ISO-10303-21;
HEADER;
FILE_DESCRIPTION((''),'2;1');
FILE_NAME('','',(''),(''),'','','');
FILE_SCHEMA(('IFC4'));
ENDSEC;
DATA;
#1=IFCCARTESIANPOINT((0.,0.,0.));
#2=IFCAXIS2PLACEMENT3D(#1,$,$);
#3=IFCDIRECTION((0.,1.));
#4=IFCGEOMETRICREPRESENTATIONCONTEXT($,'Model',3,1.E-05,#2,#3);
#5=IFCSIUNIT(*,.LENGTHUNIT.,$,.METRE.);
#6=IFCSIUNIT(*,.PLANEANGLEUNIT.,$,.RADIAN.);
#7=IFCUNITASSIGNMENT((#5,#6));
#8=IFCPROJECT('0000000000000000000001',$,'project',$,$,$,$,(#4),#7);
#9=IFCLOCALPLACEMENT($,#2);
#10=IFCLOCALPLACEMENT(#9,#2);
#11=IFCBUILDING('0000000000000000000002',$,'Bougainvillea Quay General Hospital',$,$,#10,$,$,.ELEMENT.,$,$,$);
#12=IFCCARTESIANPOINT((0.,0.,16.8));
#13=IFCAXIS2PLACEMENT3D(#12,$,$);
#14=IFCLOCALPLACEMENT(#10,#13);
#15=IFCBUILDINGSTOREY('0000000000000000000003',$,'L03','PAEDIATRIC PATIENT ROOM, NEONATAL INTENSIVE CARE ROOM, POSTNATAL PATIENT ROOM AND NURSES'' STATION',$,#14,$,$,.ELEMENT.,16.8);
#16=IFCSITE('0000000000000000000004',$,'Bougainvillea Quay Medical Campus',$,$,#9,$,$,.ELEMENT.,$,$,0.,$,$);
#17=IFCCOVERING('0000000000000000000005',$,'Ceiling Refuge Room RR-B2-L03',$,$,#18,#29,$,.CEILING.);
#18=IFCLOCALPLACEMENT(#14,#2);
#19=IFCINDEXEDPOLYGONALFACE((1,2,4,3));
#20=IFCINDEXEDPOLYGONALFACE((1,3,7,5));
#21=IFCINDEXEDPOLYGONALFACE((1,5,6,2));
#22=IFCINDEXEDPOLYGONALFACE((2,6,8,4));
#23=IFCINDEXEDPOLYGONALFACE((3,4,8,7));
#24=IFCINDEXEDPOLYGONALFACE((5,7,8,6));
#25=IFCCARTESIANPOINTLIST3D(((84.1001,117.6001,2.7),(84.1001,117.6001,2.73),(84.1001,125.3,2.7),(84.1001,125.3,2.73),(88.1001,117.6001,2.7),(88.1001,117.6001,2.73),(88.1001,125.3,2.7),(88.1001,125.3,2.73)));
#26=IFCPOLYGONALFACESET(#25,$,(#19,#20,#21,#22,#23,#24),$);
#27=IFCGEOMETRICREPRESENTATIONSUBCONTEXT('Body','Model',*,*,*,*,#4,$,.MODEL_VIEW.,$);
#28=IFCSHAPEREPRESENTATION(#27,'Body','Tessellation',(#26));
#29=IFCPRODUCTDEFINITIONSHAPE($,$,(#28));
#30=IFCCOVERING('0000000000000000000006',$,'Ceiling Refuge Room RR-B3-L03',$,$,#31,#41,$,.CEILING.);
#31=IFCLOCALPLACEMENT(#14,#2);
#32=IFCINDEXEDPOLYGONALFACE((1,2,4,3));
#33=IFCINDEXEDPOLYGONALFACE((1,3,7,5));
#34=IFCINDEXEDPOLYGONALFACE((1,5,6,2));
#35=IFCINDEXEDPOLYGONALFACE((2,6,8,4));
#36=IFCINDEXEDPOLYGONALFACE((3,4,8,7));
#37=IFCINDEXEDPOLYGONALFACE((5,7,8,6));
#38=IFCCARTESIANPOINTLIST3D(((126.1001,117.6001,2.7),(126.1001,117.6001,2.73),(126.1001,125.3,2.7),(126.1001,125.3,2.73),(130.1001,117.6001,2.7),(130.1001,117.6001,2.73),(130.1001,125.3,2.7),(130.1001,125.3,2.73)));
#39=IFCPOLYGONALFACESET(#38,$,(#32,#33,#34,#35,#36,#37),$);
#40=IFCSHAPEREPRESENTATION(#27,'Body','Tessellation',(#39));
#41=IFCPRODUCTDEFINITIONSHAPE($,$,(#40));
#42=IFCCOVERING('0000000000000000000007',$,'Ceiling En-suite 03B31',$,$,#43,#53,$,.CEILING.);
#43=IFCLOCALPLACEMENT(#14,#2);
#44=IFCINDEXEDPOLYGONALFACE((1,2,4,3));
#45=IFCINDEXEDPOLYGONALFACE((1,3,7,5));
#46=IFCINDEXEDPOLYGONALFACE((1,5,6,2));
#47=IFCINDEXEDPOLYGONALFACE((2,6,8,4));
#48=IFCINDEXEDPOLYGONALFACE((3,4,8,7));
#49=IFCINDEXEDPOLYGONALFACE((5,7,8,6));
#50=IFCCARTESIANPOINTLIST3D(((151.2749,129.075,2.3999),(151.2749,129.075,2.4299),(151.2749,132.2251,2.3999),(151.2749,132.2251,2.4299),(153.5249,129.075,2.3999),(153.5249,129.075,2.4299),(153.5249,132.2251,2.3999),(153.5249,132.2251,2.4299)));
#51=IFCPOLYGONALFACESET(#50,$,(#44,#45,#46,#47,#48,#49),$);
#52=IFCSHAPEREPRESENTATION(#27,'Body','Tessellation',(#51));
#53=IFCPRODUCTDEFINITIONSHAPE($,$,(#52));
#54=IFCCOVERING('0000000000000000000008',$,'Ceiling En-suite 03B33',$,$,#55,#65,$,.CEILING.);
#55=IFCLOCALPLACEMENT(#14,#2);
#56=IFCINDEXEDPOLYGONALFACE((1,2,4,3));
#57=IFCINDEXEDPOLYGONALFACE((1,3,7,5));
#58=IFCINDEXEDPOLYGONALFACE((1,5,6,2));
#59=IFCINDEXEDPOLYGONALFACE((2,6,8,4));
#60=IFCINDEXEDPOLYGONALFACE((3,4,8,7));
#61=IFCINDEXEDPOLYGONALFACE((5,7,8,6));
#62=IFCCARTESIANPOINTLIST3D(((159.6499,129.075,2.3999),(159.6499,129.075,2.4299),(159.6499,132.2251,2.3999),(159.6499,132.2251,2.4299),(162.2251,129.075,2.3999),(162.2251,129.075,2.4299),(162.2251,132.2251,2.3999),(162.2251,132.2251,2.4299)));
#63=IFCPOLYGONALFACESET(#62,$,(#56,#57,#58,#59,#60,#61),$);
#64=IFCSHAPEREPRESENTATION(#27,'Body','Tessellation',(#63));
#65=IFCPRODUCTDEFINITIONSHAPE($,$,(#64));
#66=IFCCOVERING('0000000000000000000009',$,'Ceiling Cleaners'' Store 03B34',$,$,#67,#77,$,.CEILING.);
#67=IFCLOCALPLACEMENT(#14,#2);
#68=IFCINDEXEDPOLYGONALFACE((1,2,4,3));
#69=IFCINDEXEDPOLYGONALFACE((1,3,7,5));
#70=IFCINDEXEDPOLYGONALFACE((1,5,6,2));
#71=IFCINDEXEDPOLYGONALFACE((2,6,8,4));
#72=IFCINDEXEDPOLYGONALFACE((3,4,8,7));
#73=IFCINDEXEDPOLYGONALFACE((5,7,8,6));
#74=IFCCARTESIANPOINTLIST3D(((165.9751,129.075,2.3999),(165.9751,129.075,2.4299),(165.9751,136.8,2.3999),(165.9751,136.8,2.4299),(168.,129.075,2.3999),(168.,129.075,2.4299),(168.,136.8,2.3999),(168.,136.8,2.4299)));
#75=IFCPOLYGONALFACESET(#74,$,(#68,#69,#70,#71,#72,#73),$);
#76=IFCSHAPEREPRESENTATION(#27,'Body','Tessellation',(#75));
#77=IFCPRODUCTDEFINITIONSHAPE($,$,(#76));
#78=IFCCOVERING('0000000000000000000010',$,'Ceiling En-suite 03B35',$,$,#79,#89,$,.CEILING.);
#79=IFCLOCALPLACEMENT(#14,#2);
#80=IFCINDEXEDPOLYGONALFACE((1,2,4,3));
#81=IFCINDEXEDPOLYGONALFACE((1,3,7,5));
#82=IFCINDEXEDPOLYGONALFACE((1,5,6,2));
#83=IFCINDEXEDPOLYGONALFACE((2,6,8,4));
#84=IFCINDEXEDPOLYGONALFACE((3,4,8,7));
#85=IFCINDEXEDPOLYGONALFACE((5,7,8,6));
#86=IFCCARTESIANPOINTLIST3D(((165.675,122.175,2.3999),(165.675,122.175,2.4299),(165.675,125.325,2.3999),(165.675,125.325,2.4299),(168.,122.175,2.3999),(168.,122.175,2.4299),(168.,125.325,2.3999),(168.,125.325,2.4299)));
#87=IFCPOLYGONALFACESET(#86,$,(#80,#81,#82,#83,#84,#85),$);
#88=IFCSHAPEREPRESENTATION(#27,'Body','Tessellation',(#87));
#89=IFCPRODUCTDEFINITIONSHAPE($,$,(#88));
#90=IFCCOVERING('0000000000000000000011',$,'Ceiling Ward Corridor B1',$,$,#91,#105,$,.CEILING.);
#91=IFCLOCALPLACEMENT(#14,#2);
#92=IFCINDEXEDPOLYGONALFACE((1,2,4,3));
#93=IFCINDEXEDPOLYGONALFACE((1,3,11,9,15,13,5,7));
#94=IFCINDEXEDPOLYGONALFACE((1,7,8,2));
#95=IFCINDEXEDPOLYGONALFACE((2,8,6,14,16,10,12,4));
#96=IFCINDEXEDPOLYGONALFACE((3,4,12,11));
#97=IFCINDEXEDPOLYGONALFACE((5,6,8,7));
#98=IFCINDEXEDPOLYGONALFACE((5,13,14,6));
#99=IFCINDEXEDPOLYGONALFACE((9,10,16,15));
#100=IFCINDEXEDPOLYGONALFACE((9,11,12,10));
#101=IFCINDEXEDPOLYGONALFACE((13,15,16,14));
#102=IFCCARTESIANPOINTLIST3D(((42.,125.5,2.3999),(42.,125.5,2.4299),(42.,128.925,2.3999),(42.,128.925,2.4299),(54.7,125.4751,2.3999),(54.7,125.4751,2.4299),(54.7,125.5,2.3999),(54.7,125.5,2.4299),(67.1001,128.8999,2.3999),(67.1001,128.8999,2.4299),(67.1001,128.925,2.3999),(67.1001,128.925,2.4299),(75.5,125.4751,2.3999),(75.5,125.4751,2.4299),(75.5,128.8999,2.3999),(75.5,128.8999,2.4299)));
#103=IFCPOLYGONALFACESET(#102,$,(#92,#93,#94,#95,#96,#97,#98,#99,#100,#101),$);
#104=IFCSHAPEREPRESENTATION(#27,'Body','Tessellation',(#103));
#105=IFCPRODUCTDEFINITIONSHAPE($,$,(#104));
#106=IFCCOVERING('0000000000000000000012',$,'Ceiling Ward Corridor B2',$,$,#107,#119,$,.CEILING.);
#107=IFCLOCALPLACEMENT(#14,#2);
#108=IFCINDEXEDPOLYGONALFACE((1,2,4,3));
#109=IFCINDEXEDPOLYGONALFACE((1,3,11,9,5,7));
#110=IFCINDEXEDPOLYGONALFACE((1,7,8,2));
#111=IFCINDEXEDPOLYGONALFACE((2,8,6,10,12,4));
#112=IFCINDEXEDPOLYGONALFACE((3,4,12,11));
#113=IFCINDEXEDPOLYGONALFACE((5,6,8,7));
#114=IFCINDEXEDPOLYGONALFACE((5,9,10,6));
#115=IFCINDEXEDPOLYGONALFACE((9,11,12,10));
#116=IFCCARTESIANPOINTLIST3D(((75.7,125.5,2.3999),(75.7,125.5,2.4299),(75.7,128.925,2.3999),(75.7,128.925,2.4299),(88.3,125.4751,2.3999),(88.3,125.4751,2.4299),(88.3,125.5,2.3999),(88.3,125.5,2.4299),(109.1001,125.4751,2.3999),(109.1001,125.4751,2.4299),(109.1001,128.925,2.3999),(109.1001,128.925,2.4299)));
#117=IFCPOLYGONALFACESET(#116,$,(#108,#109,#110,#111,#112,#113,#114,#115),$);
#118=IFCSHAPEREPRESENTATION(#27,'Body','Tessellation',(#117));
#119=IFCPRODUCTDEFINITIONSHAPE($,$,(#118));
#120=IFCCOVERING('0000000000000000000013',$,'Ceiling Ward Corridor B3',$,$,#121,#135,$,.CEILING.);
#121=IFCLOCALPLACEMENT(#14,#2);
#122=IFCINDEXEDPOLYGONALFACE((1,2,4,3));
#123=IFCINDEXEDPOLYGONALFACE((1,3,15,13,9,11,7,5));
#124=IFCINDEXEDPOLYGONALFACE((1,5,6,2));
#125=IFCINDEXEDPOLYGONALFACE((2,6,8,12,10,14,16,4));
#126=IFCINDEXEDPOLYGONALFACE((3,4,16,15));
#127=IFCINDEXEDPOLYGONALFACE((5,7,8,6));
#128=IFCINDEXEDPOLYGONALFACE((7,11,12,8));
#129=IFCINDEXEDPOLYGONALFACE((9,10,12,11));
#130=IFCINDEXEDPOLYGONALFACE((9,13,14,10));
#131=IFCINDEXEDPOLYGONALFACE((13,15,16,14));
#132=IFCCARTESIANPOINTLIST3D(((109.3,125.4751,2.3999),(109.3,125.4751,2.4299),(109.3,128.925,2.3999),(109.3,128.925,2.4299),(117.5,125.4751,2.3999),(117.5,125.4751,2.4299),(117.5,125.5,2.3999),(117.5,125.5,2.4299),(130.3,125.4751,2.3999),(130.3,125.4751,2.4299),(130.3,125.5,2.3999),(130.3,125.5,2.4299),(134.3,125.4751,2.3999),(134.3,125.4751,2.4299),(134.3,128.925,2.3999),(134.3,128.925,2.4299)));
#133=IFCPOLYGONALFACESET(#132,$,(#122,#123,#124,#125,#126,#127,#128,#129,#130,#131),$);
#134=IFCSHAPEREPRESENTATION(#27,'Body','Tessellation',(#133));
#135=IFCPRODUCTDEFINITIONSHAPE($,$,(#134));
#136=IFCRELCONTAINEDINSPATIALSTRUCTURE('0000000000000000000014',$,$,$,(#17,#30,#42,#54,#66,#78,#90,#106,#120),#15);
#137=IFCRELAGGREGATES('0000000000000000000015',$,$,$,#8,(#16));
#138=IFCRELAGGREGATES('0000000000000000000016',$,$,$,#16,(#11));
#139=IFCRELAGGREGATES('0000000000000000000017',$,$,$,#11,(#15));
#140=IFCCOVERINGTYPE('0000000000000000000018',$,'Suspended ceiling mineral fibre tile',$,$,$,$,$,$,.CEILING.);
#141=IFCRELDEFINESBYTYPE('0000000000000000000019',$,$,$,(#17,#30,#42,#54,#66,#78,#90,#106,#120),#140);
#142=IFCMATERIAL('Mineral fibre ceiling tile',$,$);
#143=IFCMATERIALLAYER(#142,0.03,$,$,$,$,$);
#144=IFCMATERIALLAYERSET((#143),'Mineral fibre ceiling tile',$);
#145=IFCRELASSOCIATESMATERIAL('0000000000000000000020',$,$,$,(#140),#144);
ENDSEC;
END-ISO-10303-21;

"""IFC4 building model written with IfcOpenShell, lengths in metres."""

from ifc_helpers import new_model, si_unit, direction, frame, origin, place, context, subcontext, project, spatial, polyline, outline, extrude, material, layer, layer_set, type_object, element, save


model = new_model("IFC4")

# Units and contexts
model_context = context("Model", 3, precision=1e-05, world=origin(), true_north=direction((0.0, 1.0)))
body_context = subcontext(model_context, "Body", "Model", "MODEL_VIEW")
ifc_project = project(units=[si_unit("LENGTHUNIT", "METRE"), si_unit("PLANEANGLEUNIT", "RADIAN")], contexts=[model_context])

# Site, building, storey
site_placement = place(None, origin())
site = spatial("IfcSite", under=ifc_project, at=site_placement, Name="Bougainvillea Quay Medical Campus", CompositionType="ELEMENT", RefElevation=0.0)
building_placement = place(site_placement, origin())
building = spatial("IfcBuilding", under=site, at=building_placement, Name="Bougainvillea Quay General Hospital", CompositionType="ELEMENT")
storey_placement = place(building_placement, frame((0.0, 0.0, 16.8)))
storey = spatial("IfcBuildingStorey", under=building, at=storey_placement, Name="L03", Description="PAEDIATRIC PATIENT ROOM, NEONATAL INTENSIVE CARE ROOM, POSTNATAL PATIENT ROOM AND NURSES' STATION", CompositionType="ELEMENT", Elevation=16.8)

# Coverings
ifc_material = material(Name="Mineral fibre ceiling tile")
ifc_layer = layer(ifc_material, 0.03)
ifc_layer_set = layer_set([ifc_layer], Name="Mineral fibre ceiling tile")
covering_type = type_object("IfcCoveringType", Name="Suspended ceiling mineral fibre tile", PredefinedType="CEILING", material=ifc_layer_set)
covering_1_placement = place(storey_placement, frame((0.0, 0.0, 2.7)))
element("IfcCovering", 1, at=covering_1_placement, inside=storey, type_object=covering_type, Name="Ceiling Refuge Room RR-B2-L03", PredefinedType="CEILING", context=body_context, shape_type="SweptSolid", body=[
    extrude(outline(polyline([(88.1001, 117.6001), (88.1001, 125.3), (84.1001, 125.3), (84.1001, 117.6001), (88.1001, 117.6001)])), origin(), (0.0, 0.0, 1.0), 0.03),
])
covering_2_placement = place(storey_placement, frame((0.0, 0.0, 2.7)))
element("IfcCovering", 2, at=covering_2_placement, inside=storey, type_object=covering_type, Name="Ceiling Refuge Room RR-B3-L03", PredefinedType="CEILING", context=body_context, shape_type="SweptSolid", body=[
    extrude(outline(polyline([(130.1001, 117.6001), (130.1001, 125.3), (126.1001, 125.3), (126.1001, 117.6001), (130.1001, 117.6001)])), origin(), (0.0, 0.0, 1.0), 0.03),
])
covering_3_placement = place(storey_placement, frame((0.0, 0.0, 2.3999)))
element("IfcCovering", 3, at=covering_3_placement, inside=storey, type_object=covering_type, Name="Ceiling En-suite 03B31", PredefinedType="CEILING", context=body_context, shape_type="SweptSolid", body=[
    extrude(outline(polyline([(151.2749, 132.2251), (151.2749, 129.075), (153.5249, 129.075), (153.5249, 132.2251), (151.2749, 132.2251)])), origin(), (0.0, 0.0, 1.0), 0.03),
])
covering_4_placement = place(storey_placement, frame((0.0, 0.0, 2.3999)))
element("IfcCovering", 4, at=covering_4_placement, inside=storey, type_object=covering_type, Name="Ceiling En-suite 03B33", PredefinedType="CEILING", context=body_context, shape_type="SweptSolid", body=[
    extrude(outline(polyline([(159.6499, 129.075), (162.2251, 129.075), (162.2251, 132.2251), (159.6499, 132.2251), (159.6499, 129.075)])), origin(), (0.0, 0.0, 1.0), 0.03),
])
covering_5_placement = place(storey_placement, frame((0.0, 0.0, 2.3999)))
element("IfcCovering", 5, at=covering_5_placement, inside=storey, type_object=covering_type, Name="Ceiling Cleaners' Store 03B34", PredefinedType="CEILING", context=body_context, shape_type="SweptSolid", body=[
    extrude(outline(polyline([(165.9751, 136.8), (165.9751, 129.075), (168.0, 129.075), (168.0, 136.8), (165.9751, 136.8)])), origin(), (0.0, 0.0, 1.0), 0.03),
])
covering_6_placement = place(storey_placement, frame((0.0, 0.0, 2.3999)))
element("IfcCovering", 6, at=covering_6_placement, inside=storey, type_object=covering_type, Name="Ceiling En-suite 03B35", PredefinedType="CEILING", context=body_context, shape_type="SweptSolid", body=[
    extrude(outline(polyline([(168.0, 125.325), (165.675, 125.325), (165.675, 122.175), (168.0, 122.175), (168.0, 125.325)])), origin(), (0.0, 0.0, 1.0), 0.03),
])
covering_7_placement = place(storey_placement, frame((0.0, 0.0, 2.3999)))
element("IfcCovering", 7, at=covering_7_placement, inside=storey, type_object=covering_type, Name="Ceiling Ward Corridor B1", PredefinedType="CEILING", context=body_context, shape_type="SweptSolid", body=[
    extrude(outline(polyline([(42.0, 125.5), (54.7, 125.5), (54.7, 125.4751), (75.5, 125.4751), (75.5, 128.8999), (67.1001, 128.8999), (67.1001, 128.925), (42.0, 128.925), (42.0, 125.5)])), origin(), (0.0, 0.0, 1.0), 0.03),
])
covering_8_placement = place(storey_placement, frame((0.0, 0.0, 2.3999)))
element("IfcCovering", 8, at=covering_8_placement, inside=storey, type_object=covering_type, Name="Ceiling Ward Corridor B2", PredefinedType="CEILING", context=body_context, shape_type="SweptSolid", body=[
    extrude(outline(polyline([(75.7, 125.5), (88.3, 125.5), (88.3, 125.4751), (109.1001, 125.4751), (109.1001, 128.925), (75.7, 128.925), (75.7, 125.5)])), origin(), (0.0, 0.0, 1.0), 0.03),
])
covering_9_placement = place(storey_placement, frame((0.0, 0.0, 2.3999)))
element("IfcCovering", 9, at=covering_9_placement, inside=storey, type_object=covering_type, Name="Ceiling Ward Corridor B3", PredefinedType="CEILING", context=body_context, shape_type="SweptSolid", body=[
    extrude(outline(polyline([(109.3, 125.4751), (117.5, 125.4751), (117.5, 125.5), (130.3, 125.5), (130.3, 125.4751), (134.3, 125.4751), (134.3, 128.925), (109.3, 128.925), (109.3, 125.4751)])), origin(), (0.0, 0.0, 1.0), 0.03),
])

save(model, "model.ifc")
